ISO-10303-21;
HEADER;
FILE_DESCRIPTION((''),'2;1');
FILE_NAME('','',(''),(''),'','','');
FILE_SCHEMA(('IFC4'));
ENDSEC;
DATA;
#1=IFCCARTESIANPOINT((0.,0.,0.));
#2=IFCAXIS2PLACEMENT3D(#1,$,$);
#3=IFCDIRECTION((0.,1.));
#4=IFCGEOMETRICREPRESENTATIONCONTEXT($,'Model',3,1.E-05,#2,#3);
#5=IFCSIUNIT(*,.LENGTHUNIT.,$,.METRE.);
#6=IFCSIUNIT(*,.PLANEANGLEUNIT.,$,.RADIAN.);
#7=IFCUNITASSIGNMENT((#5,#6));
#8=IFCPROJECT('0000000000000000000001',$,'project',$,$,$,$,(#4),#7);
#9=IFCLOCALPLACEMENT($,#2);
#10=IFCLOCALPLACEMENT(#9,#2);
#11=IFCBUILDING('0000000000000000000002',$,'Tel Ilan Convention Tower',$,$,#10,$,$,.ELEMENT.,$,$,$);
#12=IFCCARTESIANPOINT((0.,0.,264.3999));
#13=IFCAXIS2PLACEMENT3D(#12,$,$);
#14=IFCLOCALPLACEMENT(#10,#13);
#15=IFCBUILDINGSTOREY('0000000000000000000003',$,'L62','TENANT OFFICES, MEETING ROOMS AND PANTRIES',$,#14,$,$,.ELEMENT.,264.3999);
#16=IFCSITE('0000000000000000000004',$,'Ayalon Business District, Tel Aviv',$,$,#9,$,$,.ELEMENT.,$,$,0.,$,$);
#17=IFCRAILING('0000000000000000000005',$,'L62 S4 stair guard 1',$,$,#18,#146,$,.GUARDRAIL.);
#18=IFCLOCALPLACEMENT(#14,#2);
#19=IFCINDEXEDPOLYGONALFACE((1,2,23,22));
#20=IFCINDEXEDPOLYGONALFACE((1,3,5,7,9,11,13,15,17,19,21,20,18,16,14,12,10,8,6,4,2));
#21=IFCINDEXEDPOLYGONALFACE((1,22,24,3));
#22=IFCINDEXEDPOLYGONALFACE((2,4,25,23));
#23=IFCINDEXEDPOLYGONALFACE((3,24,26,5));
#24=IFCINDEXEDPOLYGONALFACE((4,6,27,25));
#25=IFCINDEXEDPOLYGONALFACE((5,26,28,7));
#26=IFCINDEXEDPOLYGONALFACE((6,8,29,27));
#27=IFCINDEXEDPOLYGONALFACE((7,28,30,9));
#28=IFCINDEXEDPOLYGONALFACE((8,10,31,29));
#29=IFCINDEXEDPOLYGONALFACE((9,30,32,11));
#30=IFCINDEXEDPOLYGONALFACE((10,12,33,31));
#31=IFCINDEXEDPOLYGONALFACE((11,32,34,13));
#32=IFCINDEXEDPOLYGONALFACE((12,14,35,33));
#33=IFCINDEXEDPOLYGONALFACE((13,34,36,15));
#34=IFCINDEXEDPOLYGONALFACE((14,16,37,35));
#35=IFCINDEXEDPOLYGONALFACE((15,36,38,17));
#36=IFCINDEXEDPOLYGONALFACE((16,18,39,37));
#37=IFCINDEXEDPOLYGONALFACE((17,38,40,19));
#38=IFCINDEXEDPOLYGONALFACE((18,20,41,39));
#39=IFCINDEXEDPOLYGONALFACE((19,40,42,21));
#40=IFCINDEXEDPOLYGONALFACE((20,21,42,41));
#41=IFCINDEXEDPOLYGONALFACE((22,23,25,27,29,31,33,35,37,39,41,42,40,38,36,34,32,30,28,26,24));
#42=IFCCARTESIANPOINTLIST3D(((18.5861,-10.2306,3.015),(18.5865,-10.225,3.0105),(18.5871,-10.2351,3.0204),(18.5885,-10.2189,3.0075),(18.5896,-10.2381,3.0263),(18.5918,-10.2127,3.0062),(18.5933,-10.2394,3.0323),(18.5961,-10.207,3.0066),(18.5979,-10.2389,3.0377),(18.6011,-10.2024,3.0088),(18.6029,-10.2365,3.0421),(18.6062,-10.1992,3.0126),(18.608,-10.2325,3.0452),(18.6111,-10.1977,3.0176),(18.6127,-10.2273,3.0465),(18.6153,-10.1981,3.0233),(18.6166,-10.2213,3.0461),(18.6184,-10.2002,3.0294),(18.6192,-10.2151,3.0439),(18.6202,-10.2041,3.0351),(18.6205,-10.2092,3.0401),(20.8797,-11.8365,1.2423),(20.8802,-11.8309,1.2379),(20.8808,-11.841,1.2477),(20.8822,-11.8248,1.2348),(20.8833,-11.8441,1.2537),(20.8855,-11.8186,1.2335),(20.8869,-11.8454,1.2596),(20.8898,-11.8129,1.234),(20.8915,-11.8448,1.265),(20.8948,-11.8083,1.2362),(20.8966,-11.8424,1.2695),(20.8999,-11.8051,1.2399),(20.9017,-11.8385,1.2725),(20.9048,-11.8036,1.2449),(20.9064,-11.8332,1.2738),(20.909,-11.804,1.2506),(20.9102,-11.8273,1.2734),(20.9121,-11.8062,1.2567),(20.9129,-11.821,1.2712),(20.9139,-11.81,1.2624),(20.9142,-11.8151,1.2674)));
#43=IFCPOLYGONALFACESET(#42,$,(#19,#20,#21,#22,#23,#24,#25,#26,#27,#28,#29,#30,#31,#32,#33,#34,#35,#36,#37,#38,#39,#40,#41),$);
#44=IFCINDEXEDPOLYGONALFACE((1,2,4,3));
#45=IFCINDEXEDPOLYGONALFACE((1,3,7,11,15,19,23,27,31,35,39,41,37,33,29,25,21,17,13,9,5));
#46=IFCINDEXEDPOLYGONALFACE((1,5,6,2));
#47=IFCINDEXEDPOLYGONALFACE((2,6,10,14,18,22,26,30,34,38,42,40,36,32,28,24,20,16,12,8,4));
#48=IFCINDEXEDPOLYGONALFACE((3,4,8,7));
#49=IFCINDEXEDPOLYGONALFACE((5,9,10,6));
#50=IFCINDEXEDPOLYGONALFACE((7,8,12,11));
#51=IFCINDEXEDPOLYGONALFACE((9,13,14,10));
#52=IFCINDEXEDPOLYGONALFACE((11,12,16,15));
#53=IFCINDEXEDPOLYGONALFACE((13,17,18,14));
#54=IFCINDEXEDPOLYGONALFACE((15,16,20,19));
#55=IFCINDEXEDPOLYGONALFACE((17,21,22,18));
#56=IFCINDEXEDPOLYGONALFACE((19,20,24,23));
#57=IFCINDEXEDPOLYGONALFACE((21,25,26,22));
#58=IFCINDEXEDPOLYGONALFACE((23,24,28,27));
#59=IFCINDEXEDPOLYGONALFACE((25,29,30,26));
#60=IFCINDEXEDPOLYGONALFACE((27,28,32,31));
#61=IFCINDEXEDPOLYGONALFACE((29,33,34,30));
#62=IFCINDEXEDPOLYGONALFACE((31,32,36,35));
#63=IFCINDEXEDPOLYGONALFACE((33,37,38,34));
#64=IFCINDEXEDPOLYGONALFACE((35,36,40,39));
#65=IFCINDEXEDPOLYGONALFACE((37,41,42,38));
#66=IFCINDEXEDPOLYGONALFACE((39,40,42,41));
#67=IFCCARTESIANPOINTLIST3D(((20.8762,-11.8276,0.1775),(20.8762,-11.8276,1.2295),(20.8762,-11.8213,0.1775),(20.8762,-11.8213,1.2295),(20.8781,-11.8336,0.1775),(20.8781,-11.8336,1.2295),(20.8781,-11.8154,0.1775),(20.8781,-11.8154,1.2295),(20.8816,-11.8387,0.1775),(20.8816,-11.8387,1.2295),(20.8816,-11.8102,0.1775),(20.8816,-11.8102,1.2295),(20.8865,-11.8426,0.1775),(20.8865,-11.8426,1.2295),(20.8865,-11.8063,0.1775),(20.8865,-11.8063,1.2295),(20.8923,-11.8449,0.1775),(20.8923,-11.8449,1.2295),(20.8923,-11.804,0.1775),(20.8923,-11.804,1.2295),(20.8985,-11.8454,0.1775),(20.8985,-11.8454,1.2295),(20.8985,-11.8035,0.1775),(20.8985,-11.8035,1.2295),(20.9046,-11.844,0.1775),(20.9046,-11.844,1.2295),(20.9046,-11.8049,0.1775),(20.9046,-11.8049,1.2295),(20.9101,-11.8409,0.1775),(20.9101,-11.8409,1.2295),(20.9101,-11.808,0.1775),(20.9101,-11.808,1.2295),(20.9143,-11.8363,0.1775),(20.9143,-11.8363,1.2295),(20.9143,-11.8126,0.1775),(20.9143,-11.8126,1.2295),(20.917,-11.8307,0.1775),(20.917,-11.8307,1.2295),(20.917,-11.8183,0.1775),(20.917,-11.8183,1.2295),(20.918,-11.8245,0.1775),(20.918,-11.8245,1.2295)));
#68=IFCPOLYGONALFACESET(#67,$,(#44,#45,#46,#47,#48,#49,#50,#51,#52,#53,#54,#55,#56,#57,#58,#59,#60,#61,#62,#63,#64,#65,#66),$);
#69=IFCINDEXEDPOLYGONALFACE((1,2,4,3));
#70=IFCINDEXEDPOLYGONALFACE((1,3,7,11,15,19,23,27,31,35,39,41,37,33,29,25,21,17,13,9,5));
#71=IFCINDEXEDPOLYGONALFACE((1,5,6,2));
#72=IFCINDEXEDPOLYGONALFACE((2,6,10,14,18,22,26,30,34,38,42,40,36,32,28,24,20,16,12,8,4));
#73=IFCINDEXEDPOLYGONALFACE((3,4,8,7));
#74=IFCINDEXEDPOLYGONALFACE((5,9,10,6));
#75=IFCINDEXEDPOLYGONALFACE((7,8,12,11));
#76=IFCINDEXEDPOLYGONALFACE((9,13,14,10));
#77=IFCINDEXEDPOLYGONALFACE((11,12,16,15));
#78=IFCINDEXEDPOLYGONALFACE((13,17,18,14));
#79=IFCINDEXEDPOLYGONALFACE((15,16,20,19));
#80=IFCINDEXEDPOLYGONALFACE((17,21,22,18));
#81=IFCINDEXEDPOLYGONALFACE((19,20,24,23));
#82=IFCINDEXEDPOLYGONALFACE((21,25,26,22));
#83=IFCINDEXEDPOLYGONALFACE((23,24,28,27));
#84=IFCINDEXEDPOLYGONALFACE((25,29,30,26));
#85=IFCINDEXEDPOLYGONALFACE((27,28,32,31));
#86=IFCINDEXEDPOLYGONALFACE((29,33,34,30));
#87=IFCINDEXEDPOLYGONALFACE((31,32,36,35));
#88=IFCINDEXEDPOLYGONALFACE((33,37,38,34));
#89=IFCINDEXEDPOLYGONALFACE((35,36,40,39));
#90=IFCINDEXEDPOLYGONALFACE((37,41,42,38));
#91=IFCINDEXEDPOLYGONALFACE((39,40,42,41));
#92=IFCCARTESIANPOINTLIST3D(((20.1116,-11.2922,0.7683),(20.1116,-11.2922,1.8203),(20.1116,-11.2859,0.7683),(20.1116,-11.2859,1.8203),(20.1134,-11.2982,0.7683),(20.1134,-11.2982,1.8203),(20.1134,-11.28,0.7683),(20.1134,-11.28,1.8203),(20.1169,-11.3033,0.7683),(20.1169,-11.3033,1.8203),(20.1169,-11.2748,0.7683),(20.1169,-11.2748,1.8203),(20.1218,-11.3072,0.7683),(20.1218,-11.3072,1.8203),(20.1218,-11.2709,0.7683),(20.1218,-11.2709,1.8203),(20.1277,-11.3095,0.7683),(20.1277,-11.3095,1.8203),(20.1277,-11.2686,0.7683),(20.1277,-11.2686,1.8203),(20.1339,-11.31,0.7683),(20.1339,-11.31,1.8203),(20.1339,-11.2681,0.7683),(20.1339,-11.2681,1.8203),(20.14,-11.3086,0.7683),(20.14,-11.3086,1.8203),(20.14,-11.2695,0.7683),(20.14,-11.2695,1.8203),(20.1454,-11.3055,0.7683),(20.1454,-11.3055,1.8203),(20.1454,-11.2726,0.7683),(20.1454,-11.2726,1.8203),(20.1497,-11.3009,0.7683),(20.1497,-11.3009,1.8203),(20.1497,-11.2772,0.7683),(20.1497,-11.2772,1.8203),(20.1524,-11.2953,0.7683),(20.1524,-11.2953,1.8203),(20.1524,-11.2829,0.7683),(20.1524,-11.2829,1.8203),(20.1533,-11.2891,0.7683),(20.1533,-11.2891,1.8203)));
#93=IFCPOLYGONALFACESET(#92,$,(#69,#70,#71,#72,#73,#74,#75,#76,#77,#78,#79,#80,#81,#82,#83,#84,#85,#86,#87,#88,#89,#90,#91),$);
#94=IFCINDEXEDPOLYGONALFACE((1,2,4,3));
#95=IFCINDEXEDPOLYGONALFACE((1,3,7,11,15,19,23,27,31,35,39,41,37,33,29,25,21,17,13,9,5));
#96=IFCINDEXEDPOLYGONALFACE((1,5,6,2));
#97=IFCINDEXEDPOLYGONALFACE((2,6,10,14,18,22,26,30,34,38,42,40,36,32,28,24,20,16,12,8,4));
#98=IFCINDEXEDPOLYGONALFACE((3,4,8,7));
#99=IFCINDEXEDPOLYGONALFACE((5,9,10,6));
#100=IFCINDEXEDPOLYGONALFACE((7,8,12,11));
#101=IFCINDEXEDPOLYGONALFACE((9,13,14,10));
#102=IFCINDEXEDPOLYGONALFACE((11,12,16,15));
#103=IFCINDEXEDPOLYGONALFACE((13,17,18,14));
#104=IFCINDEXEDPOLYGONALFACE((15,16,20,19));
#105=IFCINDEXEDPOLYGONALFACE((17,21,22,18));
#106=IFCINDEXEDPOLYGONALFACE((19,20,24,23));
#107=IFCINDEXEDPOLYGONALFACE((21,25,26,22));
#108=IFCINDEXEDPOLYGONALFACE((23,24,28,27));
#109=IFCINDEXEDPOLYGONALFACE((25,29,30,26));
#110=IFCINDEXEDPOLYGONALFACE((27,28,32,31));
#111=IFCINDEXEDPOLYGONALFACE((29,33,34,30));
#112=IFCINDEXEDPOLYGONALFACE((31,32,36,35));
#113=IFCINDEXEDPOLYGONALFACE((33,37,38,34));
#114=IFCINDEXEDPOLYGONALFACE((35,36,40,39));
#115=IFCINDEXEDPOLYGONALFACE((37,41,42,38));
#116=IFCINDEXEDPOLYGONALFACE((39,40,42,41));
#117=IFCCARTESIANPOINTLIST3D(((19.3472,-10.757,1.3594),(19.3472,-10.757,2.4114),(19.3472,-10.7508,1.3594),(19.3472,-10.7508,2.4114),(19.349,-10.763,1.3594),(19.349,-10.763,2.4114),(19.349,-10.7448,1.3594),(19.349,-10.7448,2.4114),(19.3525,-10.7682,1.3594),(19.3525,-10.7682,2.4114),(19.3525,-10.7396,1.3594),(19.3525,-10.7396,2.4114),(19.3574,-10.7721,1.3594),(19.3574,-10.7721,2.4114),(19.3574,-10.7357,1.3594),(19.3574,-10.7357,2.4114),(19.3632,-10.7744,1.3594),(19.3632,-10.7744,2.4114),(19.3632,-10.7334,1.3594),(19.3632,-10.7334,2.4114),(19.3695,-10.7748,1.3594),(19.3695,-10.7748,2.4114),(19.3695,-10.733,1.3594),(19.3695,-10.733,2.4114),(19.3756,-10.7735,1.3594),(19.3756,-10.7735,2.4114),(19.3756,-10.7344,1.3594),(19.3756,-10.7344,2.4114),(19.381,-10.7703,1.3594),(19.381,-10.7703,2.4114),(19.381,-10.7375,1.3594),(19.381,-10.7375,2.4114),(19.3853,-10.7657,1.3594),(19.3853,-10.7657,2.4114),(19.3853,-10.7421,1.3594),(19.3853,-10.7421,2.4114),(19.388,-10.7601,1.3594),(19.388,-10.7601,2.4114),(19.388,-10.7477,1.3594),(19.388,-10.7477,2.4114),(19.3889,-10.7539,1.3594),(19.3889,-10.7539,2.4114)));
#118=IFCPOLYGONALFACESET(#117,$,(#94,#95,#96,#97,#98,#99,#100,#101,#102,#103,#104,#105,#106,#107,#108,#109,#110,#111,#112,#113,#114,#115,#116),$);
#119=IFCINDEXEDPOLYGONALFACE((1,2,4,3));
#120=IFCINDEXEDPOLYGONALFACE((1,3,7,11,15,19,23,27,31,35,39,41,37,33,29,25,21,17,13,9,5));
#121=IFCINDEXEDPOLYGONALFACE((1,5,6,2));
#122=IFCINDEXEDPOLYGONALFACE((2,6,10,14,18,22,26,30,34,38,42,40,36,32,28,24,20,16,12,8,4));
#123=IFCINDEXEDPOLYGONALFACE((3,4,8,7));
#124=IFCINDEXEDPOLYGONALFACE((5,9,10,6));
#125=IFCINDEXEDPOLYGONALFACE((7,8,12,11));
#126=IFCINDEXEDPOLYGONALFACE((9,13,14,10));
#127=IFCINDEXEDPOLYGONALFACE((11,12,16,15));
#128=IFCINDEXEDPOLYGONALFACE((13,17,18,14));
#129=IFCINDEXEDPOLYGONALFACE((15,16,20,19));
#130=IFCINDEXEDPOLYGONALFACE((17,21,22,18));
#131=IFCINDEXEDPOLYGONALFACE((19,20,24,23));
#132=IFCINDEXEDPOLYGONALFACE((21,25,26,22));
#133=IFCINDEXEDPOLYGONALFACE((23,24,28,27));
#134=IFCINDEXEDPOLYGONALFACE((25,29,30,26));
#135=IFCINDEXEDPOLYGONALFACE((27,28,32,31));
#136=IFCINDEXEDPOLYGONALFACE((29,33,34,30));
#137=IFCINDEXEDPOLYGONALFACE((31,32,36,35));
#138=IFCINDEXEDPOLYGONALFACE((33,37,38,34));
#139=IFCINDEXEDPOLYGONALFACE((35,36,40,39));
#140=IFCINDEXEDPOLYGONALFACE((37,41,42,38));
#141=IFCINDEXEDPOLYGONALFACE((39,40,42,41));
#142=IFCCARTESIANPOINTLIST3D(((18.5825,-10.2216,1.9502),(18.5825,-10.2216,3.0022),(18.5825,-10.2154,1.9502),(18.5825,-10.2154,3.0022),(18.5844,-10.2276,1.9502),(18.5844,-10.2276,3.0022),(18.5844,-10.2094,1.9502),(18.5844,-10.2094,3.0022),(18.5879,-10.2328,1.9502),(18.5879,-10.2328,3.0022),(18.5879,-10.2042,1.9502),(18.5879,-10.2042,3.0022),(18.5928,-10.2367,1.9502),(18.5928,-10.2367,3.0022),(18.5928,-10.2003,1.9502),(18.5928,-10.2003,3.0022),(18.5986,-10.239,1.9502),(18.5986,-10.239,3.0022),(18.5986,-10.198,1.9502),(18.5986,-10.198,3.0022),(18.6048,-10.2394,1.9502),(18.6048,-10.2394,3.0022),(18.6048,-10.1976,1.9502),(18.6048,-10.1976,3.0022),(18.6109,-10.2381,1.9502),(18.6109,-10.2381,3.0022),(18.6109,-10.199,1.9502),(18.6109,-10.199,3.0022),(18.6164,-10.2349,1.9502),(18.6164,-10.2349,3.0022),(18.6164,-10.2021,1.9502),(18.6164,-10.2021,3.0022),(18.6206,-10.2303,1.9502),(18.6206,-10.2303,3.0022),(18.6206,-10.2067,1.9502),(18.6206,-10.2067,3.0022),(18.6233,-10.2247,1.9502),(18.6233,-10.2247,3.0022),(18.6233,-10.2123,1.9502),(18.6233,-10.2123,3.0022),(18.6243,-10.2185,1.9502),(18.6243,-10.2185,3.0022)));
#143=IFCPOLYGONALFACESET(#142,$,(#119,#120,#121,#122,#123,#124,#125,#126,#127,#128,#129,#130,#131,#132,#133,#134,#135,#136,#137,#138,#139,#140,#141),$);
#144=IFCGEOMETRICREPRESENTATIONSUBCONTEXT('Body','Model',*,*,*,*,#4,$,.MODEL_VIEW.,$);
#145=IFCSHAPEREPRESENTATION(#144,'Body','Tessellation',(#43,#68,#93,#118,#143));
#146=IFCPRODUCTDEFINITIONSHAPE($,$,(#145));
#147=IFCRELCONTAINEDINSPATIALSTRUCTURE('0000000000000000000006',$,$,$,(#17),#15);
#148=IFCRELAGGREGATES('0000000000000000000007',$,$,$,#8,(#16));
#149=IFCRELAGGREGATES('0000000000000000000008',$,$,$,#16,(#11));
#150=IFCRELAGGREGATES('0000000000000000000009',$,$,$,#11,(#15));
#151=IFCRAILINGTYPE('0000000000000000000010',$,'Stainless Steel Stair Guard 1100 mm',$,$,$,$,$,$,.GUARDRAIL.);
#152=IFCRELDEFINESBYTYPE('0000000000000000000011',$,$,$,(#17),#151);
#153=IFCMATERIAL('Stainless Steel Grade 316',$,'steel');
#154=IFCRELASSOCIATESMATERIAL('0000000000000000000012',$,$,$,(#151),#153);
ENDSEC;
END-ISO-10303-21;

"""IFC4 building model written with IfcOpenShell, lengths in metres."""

from ifc_helpers import new_model, si_unit, direction, frame, origin, origin_2d, place, context, subcontext, project, spatial, circle, extrude, material, type_object, element, save


model = new_model("IFC4")

# Units and contexts
model_context = context("Model", 3, precision=1e-05, world=origin(), true_north=direction((0.0, 1.0)))
body_context = subcontext(model_context, "Body", "Model", "MODEL_VIEW")
ifc_project = project(units=[si_unit("LENGTHUNIT", "METRE"), si_unit("PLANEANGLEUNIT", "RADIAN")], contexts=[model_context])

# Site, building, storey
site_placement = place(None, origin())
site = spatial("IfcSite", under=ifc_project, at=site_placement, Name="Ayalon Business District, Tel Aviv", CompositionType="ELEMENT", RefElevation=0.0)
building_placement = place(site_placement, origin())
building = spatial("IfcBuilding", under=site, at=building_placement, Name="Tel Ilan Convention Tower", CompositionType="ELEMENT")
storey_placement = place(building_placement, frame((0.0, 0.0, 264.3999)))
storey = spatial("IfcBuildingStorey", under=building, at=storey_placement, Name="L62", Description="TENANT OFFICES, MEETING ROOMS AND PANTRIES", CompositionType="ELEMENT", Elevation=264.3999)

# Railing
ifc_material_1 = material(Name="Stainless Steel Grade 316", Category="steel")
railing_type_1 = type_object("IfcRailingType", Name="Stainless Steel Stair Guard 1100 mm", PredefinedType="GUARDRAIL", material=ifc_material_1)
railing_1_placement = place(storey_placement, frame((20.897, -11.8245, 0.1775)))
element("IfcRailing", 1, at=railing_1_placement, inside=storey, type_object=railing_type_1, Name="L62 S4 stair guard 1", PredefinedType="GUARDRAIL", context=body_context, shape_type="SweptSolid", body=[
    extrude(circle(Radius=0.0239, at=origin_2d()), frame((0.0, 0.0, 1.0762), z_axis=(-0.692123, 0.484597, 0.534913), x_axis=(-0.57355, -0.81917, 0.0)), (0.0, 0.0, 1.0), 3.314),
    extrude(circle(Radius=0.021, at=origin_2d()), origin(), (0.0, 0.0, 1.0), 1.052),
    extrude(circle(Radius=0.021, at=origin_2d()), frame((-0.7646, 0.5354, 0.5908)), (0.0, 0.0, 1.0), 1.052),
    extrude(circle(Radius=0.021, at=origin_2d()), frame((-1.5291, 1.0706, 1.1819)), (0.0, 0.0, 1.0), 1.052),
    extrude(circle(Radius=0.021, at=origin_2d()), frame((-2.2937, 1.606, 1.7727)), (0.0, 0.0, 1.0), 1.052),
])

save(model, "model.ifc")
